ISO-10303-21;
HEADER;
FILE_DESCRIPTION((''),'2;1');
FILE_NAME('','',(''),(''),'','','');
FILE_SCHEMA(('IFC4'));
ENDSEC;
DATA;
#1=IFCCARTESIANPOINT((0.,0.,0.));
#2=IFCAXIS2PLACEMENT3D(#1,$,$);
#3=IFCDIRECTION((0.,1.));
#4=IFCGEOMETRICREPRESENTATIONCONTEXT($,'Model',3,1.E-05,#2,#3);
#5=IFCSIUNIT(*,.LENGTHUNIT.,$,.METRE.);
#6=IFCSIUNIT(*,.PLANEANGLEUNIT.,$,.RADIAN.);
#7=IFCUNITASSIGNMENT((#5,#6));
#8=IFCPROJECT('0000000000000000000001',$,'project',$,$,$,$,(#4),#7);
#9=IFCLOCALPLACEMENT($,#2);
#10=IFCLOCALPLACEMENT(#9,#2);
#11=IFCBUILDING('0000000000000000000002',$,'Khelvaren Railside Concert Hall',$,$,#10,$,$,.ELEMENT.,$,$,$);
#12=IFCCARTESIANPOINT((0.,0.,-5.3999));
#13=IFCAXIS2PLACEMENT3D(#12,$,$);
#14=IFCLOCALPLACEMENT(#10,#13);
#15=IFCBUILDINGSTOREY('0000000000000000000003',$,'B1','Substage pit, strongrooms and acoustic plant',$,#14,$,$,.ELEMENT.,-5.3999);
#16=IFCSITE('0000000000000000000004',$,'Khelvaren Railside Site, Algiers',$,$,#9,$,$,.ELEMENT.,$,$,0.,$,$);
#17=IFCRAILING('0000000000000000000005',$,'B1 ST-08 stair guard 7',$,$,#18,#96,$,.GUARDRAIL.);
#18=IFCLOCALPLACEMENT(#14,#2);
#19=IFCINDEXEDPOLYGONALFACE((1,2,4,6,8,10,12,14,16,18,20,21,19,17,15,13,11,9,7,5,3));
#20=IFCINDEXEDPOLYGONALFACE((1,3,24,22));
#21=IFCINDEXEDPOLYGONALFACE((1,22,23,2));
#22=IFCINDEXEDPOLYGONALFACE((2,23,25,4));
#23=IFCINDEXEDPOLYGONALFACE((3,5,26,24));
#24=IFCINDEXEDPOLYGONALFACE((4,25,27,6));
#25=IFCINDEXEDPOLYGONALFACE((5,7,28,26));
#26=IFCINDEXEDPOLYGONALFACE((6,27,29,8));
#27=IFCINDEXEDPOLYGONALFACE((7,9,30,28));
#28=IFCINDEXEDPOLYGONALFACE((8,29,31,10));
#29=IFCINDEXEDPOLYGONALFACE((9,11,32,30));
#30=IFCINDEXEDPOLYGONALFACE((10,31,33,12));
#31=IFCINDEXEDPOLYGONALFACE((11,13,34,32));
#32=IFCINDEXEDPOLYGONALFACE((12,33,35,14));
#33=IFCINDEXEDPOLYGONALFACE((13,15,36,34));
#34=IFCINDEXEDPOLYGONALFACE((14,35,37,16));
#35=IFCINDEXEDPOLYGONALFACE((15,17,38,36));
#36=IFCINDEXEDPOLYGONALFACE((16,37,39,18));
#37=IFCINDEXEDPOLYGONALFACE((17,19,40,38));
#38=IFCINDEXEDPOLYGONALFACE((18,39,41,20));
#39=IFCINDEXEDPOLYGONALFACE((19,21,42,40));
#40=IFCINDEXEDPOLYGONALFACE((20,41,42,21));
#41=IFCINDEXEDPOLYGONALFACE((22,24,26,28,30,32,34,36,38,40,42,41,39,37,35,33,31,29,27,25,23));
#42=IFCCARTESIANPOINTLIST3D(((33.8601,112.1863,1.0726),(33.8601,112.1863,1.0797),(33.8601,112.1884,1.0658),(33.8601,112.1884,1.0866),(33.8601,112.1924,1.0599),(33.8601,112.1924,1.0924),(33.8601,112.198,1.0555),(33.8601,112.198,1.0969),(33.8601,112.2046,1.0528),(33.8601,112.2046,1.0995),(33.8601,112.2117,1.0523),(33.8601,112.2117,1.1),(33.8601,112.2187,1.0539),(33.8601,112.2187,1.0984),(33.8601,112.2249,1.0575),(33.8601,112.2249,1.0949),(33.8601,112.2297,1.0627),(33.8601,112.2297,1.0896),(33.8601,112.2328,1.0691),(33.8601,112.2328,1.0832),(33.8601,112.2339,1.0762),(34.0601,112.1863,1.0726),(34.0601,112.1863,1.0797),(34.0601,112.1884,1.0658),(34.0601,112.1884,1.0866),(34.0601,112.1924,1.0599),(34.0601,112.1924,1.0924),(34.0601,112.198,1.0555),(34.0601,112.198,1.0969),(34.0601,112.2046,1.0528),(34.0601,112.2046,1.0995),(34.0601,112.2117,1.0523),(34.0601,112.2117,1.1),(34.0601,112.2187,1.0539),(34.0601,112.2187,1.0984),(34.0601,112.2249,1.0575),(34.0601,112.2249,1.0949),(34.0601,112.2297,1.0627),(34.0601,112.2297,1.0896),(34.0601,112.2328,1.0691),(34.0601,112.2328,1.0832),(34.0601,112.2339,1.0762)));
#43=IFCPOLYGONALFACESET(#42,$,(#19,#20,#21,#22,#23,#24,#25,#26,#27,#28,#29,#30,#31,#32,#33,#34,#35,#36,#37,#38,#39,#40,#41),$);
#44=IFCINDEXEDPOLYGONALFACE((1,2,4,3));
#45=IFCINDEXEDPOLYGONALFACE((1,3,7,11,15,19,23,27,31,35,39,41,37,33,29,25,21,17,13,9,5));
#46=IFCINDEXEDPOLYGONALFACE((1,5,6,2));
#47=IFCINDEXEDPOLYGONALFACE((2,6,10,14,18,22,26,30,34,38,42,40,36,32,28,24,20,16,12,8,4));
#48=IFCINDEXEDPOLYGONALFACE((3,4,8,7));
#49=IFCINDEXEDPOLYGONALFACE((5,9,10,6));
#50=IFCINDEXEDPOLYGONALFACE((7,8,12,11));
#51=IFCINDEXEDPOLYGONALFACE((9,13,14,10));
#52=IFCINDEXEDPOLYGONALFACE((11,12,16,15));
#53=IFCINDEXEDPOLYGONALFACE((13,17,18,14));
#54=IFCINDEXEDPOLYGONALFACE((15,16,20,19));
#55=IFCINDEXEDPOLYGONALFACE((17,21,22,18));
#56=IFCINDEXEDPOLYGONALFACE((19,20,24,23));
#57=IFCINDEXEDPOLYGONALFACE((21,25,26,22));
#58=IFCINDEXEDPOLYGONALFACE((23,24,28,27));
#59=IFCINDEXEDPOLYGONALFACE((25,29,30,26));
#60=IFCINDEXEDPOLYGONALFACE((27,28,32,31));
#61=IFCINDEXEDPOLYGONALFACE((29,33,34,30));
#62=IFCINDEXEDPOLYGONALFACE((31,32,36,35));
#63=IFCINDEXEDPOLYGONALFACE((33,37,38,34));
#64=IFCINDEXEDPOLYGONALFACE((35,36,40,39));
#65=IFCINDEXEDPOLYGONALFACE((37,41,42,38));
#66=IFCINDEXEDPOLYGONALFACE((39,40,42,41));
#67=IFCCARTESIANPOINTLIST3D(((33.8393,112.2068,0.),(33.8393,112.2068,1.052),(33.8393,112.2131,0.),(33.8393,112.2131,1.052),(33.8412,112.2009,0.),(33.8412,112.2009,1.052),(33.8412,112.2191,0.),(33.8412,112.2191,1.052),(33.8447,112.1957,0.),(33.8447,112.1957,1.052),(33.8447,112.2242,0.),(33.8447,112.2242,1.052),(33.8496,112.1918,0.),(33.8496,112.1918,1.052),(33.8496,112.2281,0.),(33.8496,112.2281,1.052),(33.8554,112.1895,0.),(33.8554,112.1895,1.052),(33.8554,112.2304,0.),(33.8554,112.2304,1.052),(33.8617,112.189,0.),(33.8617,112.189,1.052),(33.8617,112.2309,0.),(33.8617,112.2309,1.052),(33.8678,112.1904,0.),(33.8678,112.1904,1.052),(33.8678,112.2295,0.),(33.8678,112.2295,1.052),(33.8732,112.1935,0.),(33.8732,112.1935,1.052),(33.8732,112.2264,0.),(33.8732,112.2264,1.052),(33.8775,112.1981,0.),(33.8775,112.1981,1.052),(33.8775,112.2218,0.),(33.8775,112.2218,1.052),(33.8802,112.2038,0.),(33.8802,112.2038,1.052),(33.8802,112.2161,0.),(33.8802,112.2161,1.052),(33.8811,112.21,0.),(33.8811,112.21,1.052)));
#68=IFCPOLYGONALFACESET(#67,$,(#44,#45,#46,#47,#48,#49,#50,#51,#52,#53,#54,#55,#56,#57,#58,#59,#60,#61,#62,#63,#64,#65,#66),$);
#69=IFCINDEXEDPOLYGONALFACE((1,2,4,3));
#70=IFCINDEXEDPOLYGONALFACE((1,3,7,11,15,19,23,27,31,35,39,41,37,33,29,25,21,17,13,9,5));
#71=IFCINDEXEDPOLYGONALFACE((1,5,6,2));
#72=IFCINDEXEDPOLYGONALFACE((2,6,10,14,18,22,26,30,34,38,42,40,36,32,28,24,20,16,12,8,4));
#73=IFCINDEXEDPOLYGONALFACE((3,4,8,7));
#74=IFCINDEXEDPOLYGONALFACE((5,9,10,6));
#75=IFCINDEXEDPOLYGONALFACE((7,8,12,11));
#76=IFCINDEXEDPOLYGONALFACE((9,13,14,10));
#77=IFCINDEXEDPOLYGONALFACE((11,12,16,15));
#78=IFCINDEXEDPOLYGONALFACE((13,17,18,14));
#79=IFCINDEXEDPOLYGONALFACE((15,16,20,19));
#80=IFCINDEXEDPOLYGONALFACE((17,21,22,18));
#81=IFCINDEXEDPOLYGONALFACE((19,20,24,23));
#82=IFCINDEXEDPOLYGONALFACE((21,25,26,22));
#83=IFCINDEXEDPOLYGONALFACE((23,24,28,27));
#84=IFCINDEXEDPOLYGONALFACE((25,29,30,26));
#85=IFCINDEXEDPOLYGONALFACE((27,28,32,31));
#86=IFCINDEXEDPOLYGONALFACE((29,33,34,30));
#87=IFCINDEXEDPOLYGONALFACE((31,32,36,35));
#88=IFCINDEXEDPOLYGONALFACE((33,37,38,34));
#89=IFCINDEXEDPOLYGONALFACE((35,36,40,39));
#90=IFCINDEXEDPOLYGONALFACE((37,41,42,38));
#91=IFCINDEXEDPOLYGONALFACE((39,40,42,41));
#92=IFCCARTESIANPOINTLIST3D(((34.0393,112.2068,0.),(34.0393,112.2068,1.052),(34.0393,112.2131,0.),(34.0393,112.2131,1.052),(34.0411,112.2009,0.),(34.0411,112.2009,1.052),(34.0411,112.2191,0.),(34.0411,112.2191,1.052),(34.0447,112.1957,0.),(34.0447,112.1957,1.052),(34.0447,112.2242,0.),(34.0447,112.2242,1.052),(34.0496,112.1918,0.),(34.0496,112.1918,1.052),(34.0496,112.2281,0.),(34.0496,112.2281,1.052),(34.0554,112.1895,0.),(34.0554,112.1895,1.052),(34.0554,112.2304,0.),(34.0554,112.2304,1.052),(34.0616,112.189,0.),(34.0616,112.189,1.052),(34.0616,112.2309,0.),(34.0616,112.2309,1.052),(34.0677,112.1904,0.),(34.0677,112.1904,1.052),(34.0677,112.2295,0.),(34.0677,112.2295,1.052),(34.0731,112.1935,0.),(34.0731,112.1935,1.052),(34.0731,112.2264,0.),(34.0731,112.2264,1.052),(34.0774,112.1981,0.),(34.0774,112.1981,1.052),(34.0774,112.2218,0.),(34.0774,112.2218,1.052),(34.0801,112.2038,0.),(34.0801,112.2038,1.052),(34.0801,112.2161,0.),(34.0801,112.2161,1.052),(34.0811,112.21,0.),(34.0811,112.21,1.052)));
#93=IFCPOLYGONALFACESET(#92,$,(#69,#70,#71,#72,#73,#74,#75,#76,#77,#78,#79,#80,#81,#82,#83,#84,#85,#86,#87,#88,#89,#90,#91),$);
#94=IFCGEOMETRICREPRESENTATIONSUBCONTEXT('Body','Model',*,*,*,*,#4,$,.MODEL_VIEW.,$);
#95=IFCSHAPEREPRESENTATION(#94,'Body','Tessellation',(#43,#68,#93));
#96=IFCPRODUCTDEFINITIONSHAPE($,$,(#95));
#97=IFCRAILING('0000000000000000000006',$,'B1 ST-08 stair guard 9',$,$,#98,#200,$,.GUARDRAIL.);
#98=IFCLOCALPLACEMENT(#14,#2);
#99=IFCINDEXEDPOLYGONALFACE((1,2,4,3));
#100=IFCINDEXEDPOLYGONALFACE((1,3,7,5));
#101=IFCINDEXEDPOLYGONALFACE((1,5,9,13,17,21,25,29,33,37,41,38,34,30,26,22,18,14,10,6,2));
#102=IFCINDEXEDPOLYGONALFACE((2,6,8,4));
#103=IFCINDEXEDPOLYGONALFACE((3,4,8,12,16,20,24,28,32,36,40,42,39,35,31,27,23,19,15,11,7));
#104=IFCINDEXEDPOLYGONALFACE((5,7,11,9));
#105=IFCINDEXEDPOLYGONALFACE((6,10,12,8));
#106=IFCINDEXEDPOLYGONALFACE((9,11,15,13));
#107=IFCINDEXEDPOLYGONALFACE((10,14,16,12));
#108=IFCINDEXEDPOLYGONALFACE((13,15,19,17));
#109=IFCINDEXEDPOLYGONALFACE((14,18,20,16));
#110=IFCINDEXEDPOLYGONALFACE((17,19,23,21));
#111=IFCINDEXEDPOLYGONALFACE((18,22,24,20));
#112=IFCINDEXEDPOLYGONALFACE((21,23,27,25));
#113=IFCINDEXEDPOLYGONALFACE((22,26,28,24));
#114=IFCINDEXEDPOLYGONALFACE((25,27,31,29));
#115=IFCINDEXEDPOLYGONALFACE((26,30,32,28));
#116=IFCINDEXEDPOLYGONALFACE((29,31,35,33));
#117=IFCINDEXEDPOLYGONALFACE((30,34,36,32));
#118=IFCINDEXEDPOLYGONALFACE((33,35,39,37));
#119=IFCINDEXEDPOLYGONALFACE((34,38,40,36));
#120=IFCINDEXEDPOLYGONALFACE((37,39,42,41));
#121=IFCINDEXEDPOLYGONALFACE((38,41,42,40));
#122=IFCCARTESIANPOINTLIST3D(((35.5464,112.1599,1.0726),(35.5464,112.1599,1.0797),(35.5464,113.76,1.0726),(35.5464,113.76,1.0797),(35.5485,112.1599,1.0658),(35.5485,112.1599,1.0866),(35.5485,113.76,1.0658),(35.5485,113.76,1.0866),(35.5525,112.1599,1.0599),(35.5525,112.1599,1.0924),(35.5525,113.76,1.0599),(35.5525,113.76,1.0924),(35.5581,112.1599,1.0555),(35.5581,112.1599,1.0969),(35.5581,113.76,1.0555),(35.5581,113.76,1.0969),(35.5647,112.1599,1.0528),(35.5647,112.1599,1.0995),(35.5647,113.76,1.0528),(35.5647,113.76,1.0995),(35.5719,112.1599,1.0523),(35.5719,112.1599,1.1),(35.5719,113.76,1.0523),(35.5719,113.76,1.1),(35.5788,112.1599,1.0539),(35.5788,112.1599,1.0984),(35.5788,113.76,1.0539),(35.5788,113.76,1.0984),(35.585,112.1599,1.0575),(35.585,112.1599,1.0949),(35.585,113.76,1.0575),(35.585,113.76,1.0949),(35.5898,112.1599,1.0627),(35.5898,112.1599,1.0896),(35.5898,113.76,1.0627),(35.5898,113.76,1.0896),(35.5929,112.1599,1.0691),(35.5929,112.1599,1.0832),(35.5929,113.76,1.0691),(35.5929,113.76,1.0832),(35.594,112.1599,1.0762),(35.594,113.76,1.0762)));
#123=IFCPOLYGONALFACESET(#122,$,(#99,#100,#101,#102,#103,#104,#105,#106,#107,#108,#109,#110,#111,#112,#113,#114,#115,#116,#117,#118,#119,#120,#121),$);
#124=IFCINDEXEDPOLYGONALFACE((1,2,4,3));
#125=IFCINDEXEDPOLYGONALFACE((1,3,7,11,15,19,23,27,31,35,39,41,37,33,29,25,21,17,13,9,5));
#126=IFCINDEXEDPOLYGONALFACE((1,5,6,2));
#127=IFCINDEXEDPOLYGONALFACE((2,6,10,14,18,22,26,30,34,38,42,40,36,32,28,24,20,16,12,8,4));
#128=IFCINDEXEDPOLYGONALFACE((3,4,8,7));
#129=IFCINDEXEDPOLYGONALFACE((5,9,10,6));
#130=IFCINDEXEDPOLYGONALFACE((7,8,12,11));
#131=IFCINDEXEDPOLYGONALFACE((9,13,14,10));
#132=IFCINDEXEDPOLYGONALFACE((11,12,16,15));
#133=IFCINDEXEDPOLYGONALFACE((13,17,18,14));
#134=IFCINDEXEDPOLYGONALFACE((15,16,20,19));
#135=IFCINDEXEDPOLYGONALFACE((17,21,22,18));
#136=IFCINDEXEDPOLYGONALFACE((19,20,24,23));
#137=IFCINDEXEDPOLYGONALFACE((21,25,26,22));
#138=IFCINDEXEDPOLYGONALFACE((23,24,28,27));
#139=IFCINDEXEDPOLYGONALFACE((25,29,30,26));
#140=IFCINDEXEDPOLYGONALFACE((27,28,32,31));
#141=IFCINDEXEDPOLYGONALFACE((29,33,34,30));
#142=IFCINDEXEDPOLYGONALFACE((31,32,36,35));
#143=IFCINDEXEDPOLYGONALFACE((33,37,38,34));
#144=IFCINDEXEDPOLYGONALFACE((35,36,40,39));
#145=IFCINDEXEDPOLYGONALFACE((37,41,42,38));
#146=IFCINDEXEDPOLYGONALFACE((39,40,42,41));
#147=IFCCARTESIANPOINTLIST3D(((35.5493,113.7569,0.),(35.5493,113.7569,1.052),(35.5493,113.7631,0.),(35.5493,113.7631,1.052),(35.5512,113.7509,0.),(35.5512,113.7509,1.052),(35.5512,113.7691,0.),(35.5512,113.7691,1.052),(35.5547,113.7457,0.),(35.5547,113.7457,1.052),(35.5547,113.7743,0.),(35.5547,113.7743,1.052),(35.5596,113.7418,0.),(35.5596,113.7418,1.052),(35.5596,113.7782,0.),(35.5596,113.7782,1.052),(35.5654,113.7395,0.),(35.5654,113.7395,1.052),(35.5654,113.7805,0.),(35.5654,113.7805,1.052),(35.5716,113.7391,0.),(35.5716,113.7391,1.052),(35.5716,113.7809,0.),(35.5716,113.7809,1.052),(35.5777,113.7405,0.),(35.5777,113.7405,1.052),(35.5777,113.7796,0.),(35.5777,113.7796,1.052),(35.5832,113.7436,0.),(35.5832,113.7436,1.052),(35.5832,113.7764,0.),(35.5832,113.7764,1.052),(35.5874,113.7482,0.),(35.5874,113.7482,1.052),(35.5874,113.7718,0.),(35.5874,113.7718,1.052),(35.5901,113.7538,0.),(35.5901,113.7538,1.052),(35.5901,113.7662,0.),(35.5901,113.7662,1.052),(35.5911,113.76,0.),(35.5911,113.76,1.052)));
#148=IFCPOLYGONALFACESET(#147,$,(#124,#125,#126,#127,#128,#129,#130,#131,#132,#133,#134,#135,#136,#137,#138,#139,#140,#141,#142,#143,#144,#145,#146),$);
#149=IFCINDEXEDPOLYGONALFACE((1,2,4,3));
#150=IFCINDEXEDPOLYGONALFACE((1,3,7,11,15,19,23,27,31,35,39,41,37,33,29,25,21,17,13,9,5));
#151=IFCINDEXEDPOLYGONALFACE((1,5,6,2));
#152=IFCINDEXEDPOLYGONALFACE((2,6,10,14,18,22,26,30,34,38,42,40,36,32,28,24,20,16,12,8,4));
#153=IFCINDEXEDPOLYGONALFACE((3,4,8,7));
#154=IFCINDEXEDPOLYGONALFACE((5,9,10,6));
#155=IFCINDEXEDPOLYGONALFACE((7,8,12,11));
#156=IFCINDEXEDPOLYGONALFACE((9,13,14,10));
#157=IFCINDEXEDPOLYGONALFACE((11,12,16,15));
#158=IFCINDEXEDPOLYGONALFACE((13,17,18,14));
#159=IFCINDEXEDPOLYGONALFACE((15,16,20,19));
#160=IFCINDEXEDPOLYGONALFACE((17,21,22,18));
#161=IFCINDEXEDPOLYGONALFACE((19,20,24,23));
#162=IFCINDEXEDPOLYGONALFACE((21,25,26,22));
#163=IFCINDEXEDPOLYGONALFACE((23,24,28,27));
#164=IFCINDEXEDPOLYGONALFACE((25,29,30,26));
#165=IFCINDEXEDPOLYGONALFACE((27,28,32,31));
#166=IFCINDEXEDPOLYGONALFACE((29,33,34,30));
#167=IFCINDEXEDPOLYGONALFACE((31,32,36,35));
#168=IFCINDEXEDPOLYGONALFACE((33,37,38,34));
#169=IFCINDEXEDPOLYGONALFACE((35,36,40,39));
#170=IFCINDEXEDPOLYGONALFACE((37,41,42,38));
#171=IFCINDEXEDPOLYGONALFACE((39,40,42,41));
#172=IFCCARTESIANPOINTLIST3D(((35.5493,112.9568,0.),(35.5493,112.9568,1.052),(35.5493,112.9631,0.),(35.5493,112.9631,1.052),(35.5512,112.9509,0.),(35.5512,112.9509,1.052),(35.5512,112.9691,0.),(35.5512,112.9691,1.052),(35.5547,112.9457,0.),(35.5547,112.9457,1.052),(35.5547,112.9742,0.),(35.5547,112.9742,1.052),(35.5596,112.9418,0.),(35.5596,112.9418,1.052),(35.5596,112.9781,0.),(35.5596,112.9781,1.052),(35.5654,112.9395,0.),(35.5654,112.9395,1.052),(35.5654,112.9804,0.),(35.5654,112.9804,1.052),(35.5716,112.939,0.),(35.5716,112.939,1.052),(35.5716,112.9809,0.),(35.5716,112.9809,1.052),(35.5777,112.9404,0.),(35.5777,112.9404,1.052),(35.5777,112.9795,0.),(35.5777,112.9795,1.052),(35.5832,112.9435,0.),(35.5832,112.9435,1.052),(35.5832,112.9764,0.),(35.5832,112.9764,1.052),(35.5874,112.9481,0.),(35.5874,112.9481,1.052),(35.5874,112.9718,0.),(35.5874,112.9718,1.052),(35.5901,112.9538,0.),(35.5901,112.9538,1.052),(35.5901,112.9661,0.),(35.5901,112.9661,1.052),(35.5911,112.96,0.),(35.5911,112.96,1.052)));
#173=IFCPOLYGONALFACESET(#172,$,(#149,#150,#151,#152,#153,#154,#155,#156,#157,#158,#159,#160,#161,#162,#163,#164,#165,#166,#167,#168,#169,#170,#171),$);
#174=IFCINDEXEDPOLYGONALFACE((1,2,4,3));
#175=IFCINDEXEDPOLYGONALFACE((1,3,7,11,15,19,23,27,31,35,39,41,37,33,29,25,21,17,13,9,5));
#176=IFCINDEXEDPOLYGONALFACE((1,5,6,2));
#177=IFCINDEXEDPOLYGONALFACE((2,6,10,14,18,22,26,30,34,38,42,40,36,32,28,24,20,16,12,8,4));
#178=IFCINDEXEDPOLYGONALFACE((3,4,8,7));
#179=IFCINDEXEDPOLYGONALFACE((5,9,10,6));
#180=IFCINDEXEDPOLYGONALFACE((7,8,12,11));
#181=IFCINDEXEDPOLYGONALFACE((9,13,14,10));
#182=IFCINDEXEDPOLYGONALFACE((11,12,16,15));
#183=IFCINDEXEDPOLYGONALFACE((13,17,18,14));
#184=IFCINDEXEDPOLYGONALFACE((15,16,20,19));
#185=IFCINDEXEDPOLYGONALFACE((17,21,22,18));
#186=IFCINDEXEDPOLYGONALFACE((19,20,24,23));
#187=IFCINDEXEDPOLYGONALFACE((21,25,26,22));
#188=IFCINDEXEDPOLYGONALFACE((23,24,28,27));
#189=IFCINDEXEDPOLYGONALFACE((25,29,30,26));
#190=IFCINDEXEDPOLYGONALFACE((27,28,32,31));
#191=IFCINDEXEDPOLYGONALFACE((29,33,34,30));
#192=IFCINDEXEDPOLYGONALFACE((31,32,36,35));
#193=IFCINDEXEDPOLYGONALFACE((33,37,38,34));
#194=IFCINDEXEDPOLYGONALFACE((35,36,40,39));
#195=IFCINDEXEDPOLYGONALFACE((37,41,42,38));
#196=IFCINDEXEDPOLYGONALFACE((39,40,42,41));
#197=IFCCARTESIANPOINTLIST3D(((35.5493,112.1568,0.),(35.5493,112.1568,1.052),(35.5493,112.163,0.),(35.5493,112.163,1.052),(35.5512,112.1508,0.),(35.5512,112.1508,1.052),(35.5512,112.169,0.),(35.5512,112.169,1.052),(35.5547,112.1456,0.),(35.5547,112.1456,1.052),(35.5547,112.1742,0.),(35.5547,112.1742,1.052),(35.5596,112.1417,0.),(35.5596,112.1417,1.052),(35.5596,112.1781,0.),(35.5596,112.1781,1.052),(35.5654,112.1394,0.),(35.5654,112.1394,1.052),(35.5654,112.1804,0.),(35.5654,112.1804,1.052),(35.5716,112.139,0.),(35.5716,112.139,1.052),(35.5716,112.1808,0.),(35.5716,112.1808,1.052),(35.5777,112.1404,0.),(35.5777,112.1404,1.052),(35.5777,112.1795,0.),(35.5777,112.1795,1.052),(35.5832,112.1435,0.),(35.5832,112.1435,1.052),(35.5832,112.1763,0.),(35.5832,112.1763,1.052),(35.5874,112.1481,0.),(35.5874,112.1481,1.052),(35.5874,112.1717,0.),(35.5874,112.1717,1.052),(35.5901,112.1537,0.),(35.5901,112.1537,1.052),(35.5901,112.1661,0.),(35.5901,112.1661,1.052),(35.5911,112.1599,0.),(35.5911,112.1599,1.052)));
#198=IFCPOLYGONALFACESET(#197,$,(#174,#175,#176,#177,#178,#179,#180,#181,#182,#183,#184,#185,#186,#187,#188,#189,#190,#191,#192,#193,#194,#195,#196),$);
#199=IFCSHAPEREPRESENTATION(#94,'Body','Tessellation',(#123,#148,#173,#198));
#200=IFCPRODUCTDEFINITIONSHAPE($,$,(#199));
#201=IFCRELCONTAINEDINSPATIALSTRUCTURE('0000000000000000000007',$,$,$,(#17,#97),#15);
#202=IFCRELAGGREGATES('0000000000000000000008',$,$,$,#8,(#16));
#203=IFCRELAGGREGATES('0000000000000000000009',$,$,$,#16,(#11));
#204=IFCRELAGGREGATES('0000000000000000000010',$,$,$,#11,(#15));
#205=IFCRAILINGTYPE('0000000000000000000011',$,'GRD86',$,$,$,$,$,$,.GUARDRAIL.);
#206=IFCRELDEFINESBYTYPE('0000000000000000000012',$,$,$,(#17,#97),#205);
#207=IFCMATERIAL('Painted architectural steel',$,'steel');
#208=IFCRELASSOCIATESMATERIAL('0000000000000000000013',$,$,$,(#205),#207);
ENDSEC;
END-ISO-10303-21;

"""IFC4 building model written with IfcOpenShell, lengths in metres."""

from ifc_helpers import new_model, si_unit, direction, frame, origin, origin_2d, place, context, subcontext, project, spatial, circle, extrude, material, type_object, element, save


model = new_model("IFC4")

# Units and contexts
model_context = context("Model", 3, precision=1e-05, world=origin(), true_north=direction((0.0, 1.0)))
body_context = subcontext(model_context, "Body", "Model", "MODEL_VIEW")
ifc_project = project(units=[si_unit("LENGTHUNIT", "METRE"), si_unit("PLANEANGLEUNIT", "RADIAN")], contexts=[model_context])

# Site, building, storey
site_placement = place(None, origin())
site = spatial("IfcSite", under=ifc_project, at=site_placement, Name="Khelvaren Railside Site, Algiers", CompositionType="ELEMENT", RefElevation=0.0)
building_placement = place(site_placement, origin())
building = spatial("IfcBuilding", under=site, at=building_placement, Name="Khelvaren Railside Concert Hall", CompositionType="ELEMENT")
storey_placement = place(building_placement, frame((0.0, 0.0, -5.3999)))
storey = spatial("IfcBuildingStorey", under=building, at=storey_placement, Name="B1", Description="Substage pit, strongrooms and acoustic plant", CompositionType="ELEMENT", Elevation=-5.3999)

# Railings
ifc_material_1 = material(Name="Painted architectural steel", Category="steel")
railing_type_1 = type_object("IfcRailingType", Name="GRD86", PredefinedType="GUARDRAIL", material=ifc_material_1)
railing_1_placement = place(storey_placement, frame((33.8601, 112.21, 0.0)))
element("IfcRailing", 1, at=railing_1_placement, inside=storey, type_object=railing_type_1, Name="B1 ST-08 stair guard 7", PredefinedType="GUARDRAIL", context=body_context, shape_type="SweptSolid", body=[
    extrude(circle(Radius=0.0239, at=origin_2d()), frame((0.0, 0.0, 1.0762), z_axis=(1.0, 0.0, 0.0), x_axis=(0.0, 1.0, 0.0)), (0.0, 0.0, 1.0), 0.2),
    extrude(circle(Radius=0.021, at=origin_2d()), origin(), (0.0, 0.0, 1.0), 1.052),
    extrude(circle(Radius=0.021, at=origin_2d()), frame((0.2, 0.0, 0.0)), (0.0, 0.0, 1.0), 1.052),
])
railing_2_placement = place(storey_placement, frame((35.5701, 113.76, 0.0)))
element("IfcRailing", 2, at=railing_2_placement, inside=storey, type_object=railing_type_1, Name="B1 ST-08 stair guard 9", PredefinedType="GUARDRAIL", context=body_context, shape_type="SweptSolid", body=[
    extrude(circle(Radius=0.0239, at=origin_2d()), frame((0.0, 0.0, 1.0762), z_axis=(0.0, -1.0, 0.0), x_axis=(1.0, 0.0, 0.0)), (0.0, 0.0, 1.0), 1.6001),
    extrude(circle(Radius=0.021, at=origin_2d()), origin(), (0.0, 0.0, 1.0), 1.052),
    extrude(circle(Radius=0.021, at=origin_2d()), frame((0.0, -0.8, 0.0)), (0.0, 0.0, 1.0), 1.052),
    extrude(circle(Radius=0.021, at=origin_2d()), frame((0.0, -1.6001, 0.0)), (0.0, 0.0, 1.0), 1.052),
])

save(model, "model.ifc")
